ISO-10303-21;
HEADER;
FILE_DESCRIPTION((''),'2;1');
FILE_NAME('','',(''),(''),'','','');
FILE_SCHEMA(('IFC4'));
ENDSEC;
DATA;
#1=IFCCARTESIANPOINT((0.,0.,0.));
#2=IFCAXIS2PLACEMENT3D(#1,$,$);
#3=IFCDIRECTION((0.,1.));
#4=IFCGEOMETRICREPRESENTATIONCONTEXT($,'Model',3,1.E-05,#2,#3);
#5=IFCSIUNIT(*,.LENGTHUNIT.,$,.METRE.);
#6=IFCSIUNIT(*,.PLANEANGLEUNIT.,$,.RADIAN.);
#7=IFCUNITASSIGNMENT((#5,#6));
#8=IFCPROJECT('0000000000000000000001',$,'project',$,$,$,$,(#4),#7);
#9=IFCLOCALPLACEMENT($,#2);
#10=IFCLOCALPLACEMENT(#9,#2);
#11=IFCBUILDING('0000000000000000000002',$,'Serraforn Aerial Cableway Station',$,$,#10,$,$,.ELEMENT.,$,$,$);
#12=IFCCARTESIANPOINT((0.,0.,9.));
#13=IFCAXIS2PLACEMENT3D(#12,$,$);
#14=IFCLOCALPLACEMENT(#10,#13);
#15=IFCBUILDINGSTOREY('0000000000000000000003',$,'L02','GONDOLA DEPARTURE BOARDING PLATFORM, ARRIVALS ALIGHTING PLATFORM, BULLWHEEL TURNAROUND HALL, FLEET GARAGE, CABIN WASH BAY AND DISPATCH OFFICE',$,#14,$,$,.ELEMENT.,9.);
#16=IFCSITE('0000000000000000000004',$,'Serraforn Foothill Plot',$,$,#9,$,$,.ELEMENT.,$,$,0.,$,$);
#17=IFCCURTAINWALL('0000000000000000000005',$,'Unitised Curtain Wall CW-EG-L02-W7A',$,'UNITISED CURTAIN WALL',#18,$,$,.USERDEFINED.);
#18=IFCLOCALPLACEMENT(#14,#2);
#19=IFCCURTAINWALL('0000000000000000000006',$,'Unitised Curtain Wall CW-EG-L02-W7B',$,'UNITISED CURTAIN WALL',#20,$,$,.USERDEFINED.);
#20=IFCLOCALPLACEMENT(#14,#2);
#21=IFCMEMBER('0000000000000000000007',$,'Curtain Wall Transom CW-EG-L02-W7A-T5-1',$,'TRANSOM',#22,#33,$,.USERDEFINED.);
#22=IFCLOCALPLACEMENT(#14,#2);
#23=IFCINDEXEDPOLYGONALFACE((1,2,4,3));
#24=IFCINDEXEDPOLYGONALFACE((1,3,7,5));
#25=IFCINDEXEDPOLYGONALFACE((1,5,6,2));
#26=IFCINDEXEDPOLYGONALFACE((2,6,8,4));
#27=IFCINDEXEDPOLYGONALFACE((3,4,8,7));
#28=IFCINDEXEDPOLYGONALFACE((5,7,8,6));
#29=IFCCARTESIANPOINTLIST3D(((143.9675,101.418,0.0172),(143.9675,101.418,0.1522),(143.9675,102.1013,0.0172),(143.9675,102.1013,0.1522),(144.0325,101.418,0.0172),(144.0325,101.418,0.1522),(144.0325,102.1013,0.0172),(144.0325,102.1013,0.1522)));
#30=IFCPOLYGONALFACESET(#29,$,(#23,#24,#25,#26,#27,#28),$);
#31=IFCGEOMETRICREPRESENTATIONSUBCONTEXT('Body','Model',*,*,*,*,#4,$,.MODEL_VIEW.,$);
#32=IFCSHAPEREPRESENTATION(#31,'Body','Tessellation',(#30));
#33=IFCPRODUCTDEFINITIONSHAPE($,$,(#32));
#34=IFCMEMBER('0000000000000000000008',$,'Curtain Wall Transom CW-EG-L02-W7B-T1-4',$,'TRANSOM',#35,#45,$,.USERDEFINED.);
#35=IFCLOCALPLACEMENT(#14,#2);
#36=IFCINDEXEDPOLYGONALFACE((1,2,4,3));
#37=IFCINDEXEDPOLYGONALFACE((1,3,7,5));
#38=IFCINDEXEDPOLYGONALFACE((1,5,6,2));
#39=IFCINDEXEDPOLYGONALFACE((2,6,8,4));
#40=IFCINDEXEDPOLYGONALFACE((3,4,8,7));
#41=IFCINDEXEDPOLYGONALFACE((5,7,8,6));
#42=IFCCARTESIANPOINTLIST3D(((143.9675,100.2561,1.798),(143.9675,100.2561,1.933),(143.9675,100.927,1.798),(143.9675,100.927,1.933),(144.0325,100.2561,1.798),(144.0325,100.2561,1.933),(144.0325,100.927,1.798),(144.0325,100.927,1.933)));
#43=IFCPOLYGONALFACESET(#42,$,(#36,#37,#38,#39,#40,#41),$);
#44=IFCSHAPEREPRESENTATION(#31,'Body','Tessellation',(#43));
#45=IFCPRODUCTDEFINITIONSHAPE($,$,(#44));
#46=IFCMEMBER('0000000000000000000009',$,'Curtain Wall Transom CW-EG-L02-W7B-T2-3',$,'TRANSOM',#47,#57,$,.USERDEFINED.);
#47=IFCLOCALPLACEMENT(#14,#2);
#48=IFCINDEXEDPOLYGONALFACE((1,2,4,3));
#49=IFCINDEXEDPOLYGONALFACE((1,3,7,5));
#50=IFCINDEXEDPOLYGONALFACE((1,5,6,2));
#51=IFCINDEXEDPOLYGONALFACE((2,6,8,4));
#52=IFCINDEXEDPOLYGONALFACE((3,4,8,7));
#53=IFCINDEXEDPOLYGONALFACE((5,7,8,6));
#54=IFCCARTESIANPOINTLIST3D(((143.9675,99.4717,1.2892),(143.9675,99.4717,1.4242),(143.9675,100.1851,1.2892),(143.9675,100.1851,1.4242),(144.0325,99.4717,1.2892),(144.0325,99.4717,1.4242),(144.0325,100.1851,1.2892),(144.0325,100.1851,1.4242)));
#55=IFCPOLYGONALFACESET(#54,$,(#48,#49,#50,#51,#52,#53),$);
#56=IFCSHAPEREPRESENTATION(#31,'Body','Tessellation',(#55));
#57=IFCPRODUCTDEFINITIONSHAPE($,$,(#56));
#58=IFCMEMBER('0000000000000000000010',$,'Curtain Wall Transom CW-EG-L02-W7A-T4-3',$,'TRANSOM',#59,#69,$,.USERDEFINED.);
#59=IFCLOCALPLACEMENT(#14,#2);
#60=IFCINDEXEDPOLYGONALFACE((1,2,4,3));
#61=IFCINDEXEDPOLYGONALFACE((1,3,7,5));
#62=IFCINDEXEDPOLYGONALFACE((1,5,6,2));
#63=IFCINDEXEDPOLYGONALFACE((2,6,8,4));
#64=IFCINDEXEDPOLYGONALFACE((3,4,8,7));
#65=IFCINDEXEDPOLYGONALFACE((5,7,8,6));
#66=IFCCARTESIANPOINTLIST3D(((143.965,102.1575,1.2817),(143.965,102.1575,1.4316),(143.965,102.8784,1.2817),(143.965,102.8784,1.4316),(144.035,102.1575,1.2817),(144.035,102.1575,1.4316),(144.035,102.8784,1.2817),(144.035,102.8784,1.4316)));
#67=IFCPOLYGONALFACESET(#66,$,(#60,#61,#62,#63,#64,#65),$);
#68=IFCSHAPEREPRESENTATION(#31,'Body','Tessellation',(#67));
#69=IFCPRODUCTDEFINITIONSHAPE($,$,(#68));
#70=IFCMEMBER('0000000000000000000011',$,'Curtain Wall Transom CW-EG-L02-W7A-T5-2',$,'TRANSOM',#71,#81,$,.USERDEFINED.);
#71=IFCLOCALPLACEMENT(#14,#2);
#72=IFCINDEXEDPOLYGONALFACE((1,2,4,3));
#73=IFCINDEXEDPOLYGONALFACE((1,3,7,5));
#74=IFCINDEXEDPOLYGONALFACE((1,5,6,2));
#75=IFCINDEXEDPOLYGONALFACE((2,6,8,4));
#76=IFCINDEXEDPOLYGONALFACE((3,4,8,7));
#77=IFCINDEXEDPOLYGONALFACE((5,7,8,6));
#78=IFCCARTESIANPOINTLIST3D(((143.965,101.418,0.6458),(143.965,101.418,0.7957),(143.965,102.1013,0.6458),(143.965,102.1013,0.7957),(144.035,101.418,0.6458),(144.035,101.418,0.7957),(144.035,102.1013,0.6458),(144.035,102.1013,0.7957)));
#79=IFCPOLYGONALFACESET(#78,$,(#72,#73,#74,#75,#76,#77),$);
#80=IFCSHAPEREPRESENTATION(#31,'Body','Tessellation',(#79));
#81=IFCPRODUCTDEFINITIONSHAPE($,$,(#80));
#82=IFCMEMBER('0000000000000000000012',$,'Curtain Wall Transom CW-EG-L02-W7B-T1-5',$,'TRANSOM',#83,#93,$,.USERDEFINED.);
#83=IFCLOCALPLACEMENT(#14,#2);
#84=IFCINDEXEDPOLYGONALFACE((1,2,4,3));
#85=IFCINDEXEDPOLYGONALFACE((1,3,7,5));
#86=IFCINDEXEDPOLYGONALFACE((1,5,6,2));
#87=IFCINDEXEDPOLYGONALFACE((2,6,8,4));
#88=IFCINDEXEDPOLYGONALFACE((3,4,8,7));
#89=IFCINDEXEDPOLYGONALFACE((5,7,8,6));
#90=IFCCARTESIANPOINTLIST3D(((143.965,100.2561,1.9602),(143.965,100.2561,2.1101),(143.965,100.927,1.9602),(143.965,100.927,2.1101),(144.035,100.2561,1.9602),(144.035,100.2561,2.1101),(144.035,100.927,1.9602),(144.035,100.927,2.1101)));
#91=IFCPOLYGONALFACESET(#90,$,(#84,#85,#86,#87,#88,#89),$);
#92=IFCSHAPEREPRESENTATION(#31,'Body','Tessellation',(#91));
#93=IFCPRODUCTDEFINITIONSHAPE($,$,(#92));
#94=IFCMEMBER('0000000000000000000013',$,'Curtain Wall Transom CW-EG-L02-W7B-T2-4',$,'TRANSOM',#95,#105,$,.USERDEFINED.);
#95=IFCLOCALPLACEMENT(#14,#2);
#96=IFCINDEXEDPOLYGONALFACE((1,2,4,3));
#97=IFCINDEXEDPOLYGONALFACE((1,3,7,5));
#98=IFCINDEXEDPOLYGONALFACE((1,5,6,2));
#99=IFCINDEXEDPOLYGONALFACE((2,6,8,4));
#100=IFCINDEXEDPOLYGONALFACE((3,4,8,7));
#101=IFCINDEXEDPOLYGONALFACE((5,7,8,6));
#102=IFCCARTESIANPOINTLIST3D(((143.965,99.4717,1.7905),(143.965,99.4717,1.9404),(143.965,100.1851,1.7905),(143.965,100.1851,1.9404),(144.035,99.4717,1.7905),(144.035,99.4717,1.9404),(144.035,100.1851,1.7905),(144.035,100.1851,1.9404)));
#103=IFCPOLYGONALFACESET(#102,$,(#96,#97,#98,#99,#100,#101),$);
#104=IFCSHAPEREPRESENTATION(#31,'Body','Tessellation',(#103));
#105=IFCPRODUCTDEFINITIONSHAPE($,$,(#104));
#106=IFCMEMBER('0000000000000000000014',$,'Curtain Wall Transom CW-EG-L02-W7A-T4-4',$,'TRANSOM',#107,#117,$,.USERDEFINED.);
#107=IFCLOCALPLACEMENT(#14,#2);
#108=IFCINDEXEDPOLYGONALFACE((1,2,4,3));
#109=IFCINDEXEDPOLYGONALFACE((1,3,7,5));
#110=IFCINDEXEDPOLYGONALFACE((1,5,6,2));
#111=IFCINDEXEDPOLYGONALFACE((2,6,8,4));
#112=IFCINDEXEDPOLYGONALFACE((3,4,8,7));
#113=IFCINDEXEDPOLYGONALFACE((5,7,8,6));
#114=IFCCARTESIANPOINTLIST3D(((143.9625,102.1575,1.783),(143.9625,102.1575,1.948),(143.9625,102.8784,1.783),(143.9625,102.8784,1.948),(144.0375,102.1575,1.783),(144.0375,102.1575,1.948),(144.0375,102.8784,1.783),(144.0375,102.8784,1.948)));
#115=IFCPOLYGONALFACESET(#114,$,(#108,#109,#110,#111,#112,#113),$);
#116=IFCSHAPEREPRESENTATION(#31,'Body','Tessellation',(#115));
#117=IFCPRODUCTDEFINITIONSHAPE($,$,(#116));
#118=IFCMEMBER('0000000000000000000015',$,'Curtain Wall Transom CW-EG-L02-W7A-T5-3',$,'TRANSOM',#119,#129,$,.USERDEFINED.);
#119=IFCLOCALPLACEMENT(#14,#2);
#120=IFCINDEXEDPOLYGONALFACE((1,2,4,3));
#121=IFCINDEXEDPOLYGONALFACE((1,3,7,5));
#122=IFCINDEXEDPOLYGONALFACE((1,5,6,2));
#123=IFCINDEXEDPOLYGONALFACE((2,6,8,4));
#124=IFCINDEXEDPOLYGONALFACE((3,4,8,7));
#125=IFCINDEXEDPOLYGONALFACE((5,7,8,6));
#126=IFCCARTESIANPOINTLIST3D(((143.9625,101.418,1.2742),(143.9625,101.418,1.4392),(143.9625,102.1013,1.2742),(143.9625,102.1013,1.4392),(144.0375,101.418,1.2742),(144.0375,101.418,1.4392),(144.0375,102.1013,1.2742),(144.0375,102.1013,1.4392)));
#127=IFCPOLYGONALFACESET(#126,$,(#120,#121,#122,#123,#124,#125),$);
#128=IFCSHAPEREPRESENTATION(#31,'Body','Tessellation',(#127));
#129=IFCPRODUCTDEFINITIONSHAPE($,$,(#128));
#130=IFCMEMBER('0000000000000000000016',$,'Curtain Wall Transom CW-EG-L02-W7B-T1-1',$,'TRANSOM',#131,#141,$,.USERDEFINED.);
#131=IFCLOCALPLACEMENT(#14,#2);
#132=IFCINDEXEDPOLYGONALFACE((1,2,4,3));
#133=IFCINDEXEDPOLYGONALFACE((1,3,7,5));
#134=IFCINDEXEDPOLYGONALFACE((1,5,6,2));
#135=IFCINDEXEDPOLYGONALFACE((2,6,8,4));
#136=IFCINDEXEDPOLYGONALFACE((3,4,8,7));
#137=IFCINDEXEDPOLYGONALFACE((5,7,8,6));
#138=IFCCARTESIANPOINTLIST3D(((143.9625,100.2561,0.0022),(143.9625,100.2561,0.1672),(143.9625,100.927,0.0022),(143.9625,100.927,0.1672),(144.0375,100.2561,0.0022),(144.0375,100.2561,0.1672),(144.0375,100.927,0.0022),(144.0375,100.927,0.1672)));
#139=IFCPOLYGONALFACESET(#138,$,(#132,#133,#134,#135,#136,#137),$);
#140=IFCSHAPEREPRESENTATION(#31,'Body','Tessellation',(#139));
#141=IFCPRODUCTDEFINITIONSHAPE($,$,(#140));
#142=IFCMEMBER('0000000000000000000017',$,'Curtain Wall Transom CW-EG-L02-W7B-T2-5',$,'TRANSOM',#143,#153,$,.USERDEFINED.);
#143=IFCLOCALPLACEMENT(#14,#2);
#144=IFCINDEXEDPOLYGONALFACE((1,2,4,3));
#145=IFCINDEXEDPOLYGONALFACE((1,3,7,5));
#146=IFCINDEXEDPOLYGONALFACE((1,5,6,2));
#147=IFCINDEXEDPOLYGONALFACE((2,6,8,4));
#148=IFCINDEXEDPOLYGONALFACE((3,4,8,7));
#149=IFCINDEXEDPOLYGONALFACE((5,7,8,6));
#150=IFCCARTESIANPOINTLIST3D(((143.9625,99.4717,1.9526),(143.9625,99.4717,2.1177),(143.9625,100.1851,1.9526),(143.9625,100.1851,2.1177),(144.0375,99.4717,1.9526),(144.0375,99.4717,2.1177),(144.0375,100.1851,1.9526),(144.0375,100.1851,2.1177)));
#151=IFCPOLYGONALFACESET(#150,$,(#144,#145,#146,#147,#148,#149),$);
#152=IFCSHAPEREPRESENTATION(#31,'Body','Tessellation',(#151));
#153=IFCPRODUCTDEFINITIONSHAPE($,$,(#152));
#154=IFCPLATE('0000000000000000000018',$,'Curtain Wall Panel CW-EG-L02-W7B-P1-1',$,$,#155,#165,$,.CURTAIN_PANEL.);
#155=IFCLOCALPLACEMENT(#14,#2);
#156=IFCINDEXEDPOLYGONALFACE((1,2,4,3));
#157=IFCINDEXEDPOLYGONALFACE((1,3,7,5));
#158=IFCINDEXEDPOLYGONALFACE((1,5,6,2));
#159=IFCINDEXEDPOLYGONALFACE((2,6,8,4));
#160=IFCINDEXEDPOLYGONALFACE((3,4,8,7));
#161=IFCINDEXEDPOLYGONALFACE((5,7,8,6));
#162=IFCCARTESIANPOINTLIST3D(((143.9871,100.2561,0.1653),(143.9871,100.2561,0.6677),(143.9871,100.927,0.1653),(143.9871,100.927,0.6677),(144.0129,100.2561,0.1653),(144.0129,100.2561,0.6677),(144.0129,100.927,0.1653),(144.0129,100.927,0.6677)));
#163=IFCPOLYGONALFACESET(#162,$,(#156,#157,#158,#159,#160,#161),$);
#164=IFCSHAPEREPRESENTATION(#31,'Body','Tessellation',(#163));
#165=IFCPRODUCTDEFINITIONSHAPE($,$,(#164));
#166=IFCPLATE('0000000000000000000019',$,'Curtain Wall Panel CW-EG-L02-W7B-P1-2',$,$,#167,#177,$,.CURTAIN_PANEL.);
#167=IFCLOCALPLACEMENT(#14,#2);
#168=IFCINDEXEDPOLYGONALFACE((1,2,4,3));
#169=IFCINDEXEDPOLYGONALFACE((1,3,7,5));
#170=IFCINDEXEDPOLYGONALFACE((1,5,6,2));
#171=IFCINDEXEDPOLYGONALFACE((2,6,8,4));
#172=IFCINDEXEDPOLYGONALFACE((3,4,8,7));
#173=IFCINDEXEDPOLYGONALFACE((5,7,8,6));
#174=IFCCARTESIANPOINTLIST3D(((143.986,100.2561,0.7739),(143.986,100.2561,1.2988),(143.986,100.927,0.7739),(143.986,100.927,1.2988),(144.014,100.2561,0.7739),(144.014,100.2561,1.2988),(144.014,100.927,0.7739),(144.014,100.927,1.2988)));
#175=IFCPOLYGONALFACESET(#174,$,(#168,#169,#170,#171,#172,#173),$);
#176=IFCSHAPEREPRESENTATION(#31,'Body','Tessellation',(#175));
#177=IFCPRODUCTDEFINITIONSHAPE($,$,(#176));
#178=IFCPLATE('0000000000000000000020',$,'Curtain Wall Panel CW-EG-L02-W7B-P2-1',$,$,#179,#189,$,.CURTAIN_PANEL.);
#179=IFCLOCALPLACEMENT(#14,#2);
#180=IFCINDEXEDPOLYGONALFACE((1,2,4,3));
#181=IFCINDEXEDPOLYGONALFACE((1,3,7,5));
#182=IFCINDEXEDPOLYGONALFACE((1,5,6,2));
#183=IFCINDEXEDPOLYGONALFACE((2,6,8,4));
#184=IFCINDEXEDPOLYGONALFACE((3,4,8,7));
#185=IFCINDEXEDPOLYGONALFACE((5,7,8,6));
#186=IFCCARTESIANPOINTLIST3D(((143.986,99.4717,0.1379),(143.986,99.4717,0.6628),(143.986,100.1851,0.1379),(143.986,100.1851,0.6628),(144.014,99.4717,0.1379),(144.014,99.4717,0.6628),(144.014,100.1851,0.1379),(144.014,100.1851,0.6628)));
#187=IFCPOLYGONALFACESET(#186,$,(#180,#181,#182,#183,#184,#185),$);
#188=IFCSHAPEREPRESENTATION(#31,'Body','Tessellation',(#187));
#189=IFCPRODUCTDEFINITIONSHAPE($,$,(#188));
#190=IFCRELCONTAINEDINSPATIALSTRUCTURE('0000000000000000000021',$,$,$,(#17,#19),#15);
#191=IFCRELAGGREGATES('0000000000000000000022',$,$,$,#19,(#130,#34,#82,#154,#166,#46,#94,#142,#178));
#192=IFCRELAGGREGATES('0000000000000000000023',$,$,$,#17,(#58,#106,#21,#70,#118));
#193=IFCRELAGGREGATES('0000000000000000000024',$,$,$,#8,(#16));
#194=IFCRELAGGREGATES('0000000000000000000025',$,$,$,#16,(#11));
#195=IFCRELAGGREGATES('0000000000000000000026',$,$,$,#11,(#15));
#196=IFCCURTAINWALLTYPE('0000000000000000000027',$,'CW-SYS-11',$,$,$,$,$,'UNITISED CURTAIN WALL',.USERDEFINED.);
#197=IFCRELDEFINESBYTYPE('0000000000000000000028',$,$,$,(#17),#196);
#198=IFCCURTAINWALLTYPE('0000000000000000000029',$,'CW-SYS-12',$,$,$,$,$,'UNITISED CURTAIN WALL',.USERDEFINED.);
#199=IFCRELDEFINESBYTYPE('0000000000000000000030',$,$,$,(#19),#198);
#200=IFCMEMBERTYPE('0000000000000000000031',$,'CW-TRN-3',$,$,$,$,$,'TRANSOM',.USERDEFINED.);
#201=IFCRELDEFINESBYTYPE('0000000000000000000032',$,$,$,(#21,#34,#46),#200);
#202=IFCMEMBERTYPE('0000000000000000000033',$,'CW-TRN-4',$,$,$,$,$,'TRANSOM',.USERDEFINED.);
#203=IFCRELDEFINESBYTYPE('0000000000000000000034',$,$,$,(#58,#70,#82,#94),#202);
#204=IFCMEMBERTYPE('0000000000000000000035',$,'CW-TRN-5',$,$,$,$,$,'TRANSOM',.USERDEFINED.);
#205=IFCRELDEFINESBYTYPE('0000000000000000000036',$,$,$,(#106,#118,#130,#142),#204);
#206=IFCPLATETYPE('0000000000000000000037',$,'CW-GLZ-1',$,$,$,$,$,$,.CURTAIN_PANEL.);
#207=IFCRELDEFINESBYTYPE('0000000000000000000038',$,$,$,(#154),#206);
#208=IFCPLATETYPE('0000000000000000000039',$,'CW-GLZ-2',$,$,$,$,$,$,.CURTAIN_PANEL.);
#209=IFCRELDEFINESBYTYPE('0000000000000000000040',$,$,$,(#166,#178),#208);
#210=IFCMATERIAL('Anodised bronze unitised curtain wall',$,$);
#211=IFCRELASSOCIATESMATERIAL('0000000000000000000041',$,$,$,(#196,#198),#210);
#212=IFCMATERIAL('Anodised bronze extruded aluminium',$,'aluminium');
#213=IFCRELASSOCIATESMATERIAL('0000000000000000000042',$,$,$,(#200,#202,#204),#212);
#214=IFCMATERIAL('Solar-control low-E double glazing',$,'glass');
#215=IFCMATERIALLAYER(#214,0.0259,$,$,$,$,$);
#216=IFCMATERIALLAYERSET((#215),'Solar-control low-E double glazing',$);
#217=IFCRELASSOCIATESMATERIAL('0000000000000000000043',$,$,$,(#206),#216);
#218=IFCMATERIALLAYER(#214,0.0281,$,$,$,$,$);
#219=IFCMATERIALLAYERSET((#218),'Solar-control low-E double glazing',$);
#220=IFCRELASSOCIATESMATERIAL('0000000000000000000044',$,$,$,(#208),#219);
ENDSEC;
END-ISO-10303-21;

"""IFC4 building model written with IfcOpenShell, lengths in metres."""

from ifc_helpers import new_model, si_unit, direction, frame, origin, origin_2d, place, context, subcontext, project, spatial, rectangle, extrude, material, layer, layer_set, material_profile, profile_set, type_object, element, aggregate, save


model = new_model("IFC4")

# Units and contexts
model_context = context("Model", 3, precision=1e-05, world=origin(), true_north=direction((0.0, 1.0)))
body_context = subcontext(model_context, "Body", "Model", "MODEL_VIEW")
ifc_project = project(units=[si_unit("LENGTHUNIT", "METRE"), si_unit("PLANEANGLEUNIT", "RADIAN")], contexts=[model_context])

# Site, building, storey
site_placement = place(None, origin())
site = spatial("IfcSite", under=ifc_project, at=site_placement, Name="Serraforn Foothill Plot", CompositionType="ELEMENT", RefElevation=0.0)
building_placement = place(site_placement, origin())
building = spatial("IfcBuilding", under=site, at=building_placement, Name="Serraforn Aerial Cableway Station", CompositionType="ELEMENT")
storey_placement = place(building_placement, frame((0.0, 0.0, 9.0)))
storey = spatial("IfcBuildingStorey", under=building, at=storey_placement, Name="L02", Description="GONDOLA DEPARTURE BOARDING PLATFORM, ARRIVALS ALIGHTING PLATFORM, BULLWHEEL TURNAROUND HALL, FLEET GARAGE, CABIN WASH BAY AND DISPATCH OFFICE", CompositionType="ELEMENT", Elevation=9.0)

# Curtain walls
ifc_material_1 = material(Name="Anodised bronze unitised curtain wall")
curtain_wall_type_1 = type_object("IfcCurtainWallType", Name="CW-SYS-11", ElementType="UNITISED CURTAIN WALL", PredefinedType="USERDEFINED", material=ifc_material_1)
curtain_wall_1_placement = place(storey_placement, origin())
curtain_wall_1 = element("IfcCurtainWall", 1, at=curtain_wall_1_placement, inside=storey, type_object=curtain_wall_type_1, Name="Unitised Curtain Wall CW-EG-L02-W7A", ObjectType="UNITISED CURTAIN WALL", PredefinedType="USERDEFINED")
ifc_material_2 = material(Name="Anodised bronze extruded aluminium", Category="aluminium")
curtain_wall_type_2 = type_object("IfcCurtainWallType", Name="CW-SYS-12", ElementType="UNITISED CURTAIN WALL", PredefinedType="USERDEFINED", material=ifc_material_1)
curtain_wall_2_placement = place(storey_placement, origin())
curtain_wall_2 = element("IfcCurtainWall", 2, at=curtain_wall_2_placement, inside=storey, type_object=curtain_wall_type_2, Name="Unitised Curtain Wall CW-EG-L02-W7B", ObjectType="UNITISED CURTAIN WALL", PredefinedType="USERDEFINED")

# Members
ifc_material_profile_1 = material_profile(ifc_material_2, rectangle(XDim=0.0649, YDim=0.135, at=origin_2d()), Name="CW TRANSOM 65x135")
ifc_profile_set_1 = profile_set([ifc_material_profile_1], Name="Anodised bronze extruded aluminium")
member_type_1 = type_object("IfcMemberType", Name="CW-TRN-3", ElementType="TRANSOM", PredefinedType="USERDEFINED", material=ifc_profile_set_1)
member_1_placement = place(storey_placement, frame((144.0, 102.1013, 0.0847), z_axis=(0.0, -1.0, 0.0), x_axis=(1.0, 0.0, 0.0)))
member_1 = element("IfcMember", 3, at=member_1_placement, type_object=member_type_1, Name="Curtain Wall Transom CW-EG-L02-W7A-T5-1", ObjectType="TRANSOM", PredefinedType="USERDEFINED", context=body_context, shape_type="SweptSolid", body=[
    extrude(rectangle(XDim=0.0649, YDim=0.135, at=origin_2d()), origin(), (0.0, 0.0, 1.0), 0.6833),
])
member_2_placement = place(storey_placement, frame((144.0, 100.927, 1.8655), z_axis=(0.0, -1.0, 0.0), x_axis=(1.0, 0.0, 0.0)))
member_2 = element("IfcMember", 4, at=member_2_placement, type_object=member_type_1, Name="Curtain Wall Transom CW-EG-L02-W7B-T1-4", ObjectType="TRANSOM", PredefinedType="USERDEFINED", context=body_context, shape_type="SweptSolid", body=[
    extrude(rectangle(XDim=0.0649, YDim=0.135, at=origin_2d()), origin(), (0.0, 0.0, 1.0), 0.6709),
])
member_3_placement = place(storey_placement, frame((144.0, 100.1851, 1.3567), z_axis=(0.0, -1.0, 0.0), x_axis=(1.0, 0.0, 0.0)))
member_3 = element("IfcMember", 5, at=member_3_placement, type_object=member_type_1, Name="Curtain Wall Transom CW-EG-L02-W7B-T2-3", ObjectType="TRANSOM", PredefinedType="USERDEFINED", context=body_context, shape_type="SweptSolid", body=[
    extrude(rectangle(XDim=0.0649, YDim=0.135, at=origin_2d()), origin(), (0.0, 0.0, 1.0), 0.7134),
])
ifc_material_profile_2 = material_profile(ifc_material_2, rectangle(XDim=0.0701, YDim=0.1499, at=origin_2d()), Name="CW TRANSOM 70x150")
ifc_profile_set_2 = profile_set([ifc_material_profile_2], Name="Anodised bronze extruded aluminium")
member_type_2 = type_object("IfcMemberType", Name="CW-TRN-4", ElementType="TRANSOM", PredefinedType="USERDEFINED", material=ifc_profile_set_2)
member_4_placement = place(storey_placement, frame((144.0, 102.8784, 1.3567), z_axis=(0.0, -1.0, 0.0), x_axis=(1.0, 0.0, 0.0)))
member_4 = element("IfcMember", 6, at=member_4_placement, type_object=member_type_2, Name="Curtain Wall Transom CW-EG-L02-W7A-T4-3", ObjectType="TRANSOM", PredefinedType="USERDEFINED", context=body_context, shape_type="SweptSolid", body=[
    extrude(rectangle(XDim=0.0701, YDim=0.1499, at=origin_2d()), origin(), (0.0, 0.0, 1.0), 0.7209),
])
member_5_placement = place(storey_placement, frame((144.0, 102.1013, 0.7207), z_axis=(0.0, -1.0, 0.0), x_axis=(1.0, 0.0, 0.0)))
member_5 = element("IfcMember", 7, at=member_5_placement, type_object=member_type_2, Name="Curtain Wall Transom CW-EG-L02-W7A-T5-2", ObjectType="TRANSOM", PredefinedType="USERDEFINED", context=body_context, shape_type="SweptSolid", body=[
    extrude(rectangle(XDim=0.0701, YDim=0.1499, at=origin_2d()), origin(), (0.0, 0.0, 1.0), 0.6833),
])
member_6_placement = place(storey_placement, frame((144.0, 100.927, 2.0352), z_axis=(0.0, -1.0, 0.0), x_axis=(1.0, 0.0, 0.0)))
member_6 = element("IfcMember", 8, at=member_6_placement, type_object=member_type_2, Name="Curtain Wall Transom CW-EG-L02-W7B-T1-5", ObjectType="TRANSOM", PredefinedType="USERDEFINED", context=body_context, shape_type="SweptSolid", body=[
    extrude(rectangle(XDim=0.0701, YDim=0.1499, at=origin_2d()), origin(), (0.0, 0.0, 1.0), 0.6709),
])
member_7_placement = place(storey_placement, frame((144.0, 100.1851, 1.8655), z_axis=(0.0, -1.0, 0.0), x_axis=(1.0, 0.0, 0.0)))
member_7 = element("IfcMember", 9, at=member_7_placement, type_object=member_type_2, Name="Curtain Wall Transom CW-EG-L02-W7B-T2-4", ObjectType="TRANSOM", PredefinedType="USERDEFINED", context=body_context, shape_type="SweptSolid", body=[
    extrude(rectangle(XDim=0.0701, YDim=0.1499, at=origin_2d()), origin(), (0.0, 0.0, 1.0), 0.7134),
])
ifc_material_profile_3 = material_profile(ifc_material_2, rectangle(XDim=0.075, YDim=0.165, at=origin_2d()), Name="CW TRANSOM 75x165")
ifc_profile_set_3 = profile_set([ifc_material_profile_3], Name="Anodised bronze extruded aluminium")
member_type_3 = type_object("IfcMemberType", Name="CW-TRN-5", ElementType="TRANSOM", PredefinedType="USERDEFINED", material=ifc_profile_set_3)
member_8_placement = place(storey_placement, frame((144.0, 102.8784, 1.8655), z_axis=(0.0, -1.0, 0.0), x_axis=(1.0, 0.0, 0.0)))
member_8 = element("IfcMember", 10, at=member_8_placement, type_object=member_type_3, Name="Curtain Wall Transom CW-EG-L02-W7A-T4-4", ObjectType="TRANSOM", PredefinedType="USERDEFINED", context=body_context, shape_type="SweptSolid", body=[
    extrude(rectangle(XDim=0.075, YDim=0.165, at=origin_2d()), origin(), (0.0, 0.0, 1.0), 0.7209),
])
member_9_placement = place(storey_placement, frame((144.0, 102.1013, 1.3567), z_axis=(0.0, -1.0, 0.0), x_axis=(1.0, 0.0, 0.0)))
member_9 = element("IfcMember", 11, at=member_9_placement, type_object=member_type_3, Name="Curtain Wall Transom CW-EG-L02-W7A-T5-3", ObjectType="TRANSOM", PredefinedType="USERDEFINED", context=body_context, shape_type="SweptSolid", body=[
    extrude(rectangle(XDim=0.075, YDim=0.165, at=origin_2d()), origin(), (0.0, 0.0, 1.0), 0.6833),
])
member_10_placement = place(storey_placement, frame((144.0, 100.927, 0.0847), z_axis=(0.0, -1.0, 0.0), x_axis=(1.0, 0.0, 0.0)))
member_10 = element("IfcMember", 12, at=member_10_placement, type_object=member_type_3, Name="Curtain Wall Transom CW-EG-L02-W7B-T1-1", ObjectType="TRANSOM", PredefinedType="USERDEFINED", context=body_context, shape_type="SweptSolid", body=[
    extrude(rectangle(XDim=0.075, YDim=0.165, at=origin_2d()), origin(), (0.0, 0.0, 1.0), 0.6709),
])
member_11_placement = place(storey_placement, frame((144.0, 100.1851, 2.0352), z_axis=(0.0, -1.0, 0.0), x_axis=(1.0, 0.0, 0.0)))
member_11 = element("IfcMember", 13, at=member_11_placement, type_object=member_type_3, Name="Curtain Wall Transom CW-EG-L02-W7B-T2-5", ObjectType="TRANSOM", PredefinedType="USERDEFINED", context=body_context, shape_type="SweptSolid", body=[
    extrude(rectangle(XDim=0.075, YDim=0.165, at=origin_2d()), origin(), (0.0, 0.0, 1.0), 0.7134),
])

# Plates
ifc_material_3 = material(Name="Solar-control low-E double glazing", Category="glass")
ifc_layer_1 = layer(ifc_material_3, 0.0259)
ifc_layer_set_1 = layer_set([ifc_layer_1], Name="Solar-control low-E double glazing")
plate_type_1 = type_object("IfcPlateType", Name="CW-GLZ-1", PredefinedType="CURTAIN_PANEL", material=ifc_layer_set_1)
plate_1_placement = place(storey_placement, frame((144.0, 100.5916, 0.1653), z_axis=(0.0, 0.0, 1.0), x_axis=(1.0, 0.0, 0.0)))
plate_1 = element("IfcPlate", 14, at=plate_1_placement, type_object=plate_type_1, Name="Curtain Wall Panel CW-EG-L02-W7B-P1-1", PredefinedType="CURTAIN_PANEL", context=body_context, shape_type="SweptSolid", body=[
    extrude(rectangle(XDim=0.0259, YDim=0.6709, at=origin_2d()), origin(), (0.0, 0.0, 1.0), 0.5024),
])
ifc_layer_2 = layer(ifc_material_3, 0.0281)
ifc_layer_set_2 = layer_set([ifc_layer_2], Name="Solar-control low-E double glazing")
plate_type_2 = type_object("IfcPlateType", Name="CW-GLZ-2", PredefinedType="CURTAIN_PANEL", material=ifc_layer_set_2)
plate_2_placement = place(storey_placement, frame((144.0, 100.5916, 0.7739), z_axis=(0.0, 0.0, 1.0), x_axis=(1.0, 0.0, 0.0)))
plate_2 = element("IfcPlate", 15, at=plate_2_placement, type_object=plate_type_2, Name="Curtain Wall Panel CW-EG-L02-W7B-P1-2", PredefinedType="CURTAIN_PANEL", context=body_context, shape_type="SweptSolid", body=[
    extrude(rectangle(XDim=0.0281, YDim=0.6709, at=origin_2d()), origin(), (0.0, 0.0, 1.0), 0.5249),
])
plate_3_placement = place(storey_placement, frame((144.0, 99.8284, 0.1379), z_axis=(0.0, 0.0, 1.0), x_axis=(1.0, 0.0, 0.0)))
plate_3 = element("IfcPlate", 16, at=plate_3_placement, type_object=plate_type_2, Name="Curtain Wall Panel CW-EG-L02-W7B-P2-1", PredefinedType="CURTAIN_PANEL", context=body_context, shape_type="SweptSolid", body=[
    extrude(rectangle(XDim=0.0281, YDim=0.7134, at=origin_2d()), origin(), (0.0, 0.0, 1.0), 0.5249),
])
aggregate(curtain_wall_2, [member_10, member_2, member_6, plate_1, plate_2, member_3, member_7, member_11, plate_3])
aggregate(curtain_wall_1, [member_4, member_8, member_1, member_5, member_9])

save(model, "model.ifc")
